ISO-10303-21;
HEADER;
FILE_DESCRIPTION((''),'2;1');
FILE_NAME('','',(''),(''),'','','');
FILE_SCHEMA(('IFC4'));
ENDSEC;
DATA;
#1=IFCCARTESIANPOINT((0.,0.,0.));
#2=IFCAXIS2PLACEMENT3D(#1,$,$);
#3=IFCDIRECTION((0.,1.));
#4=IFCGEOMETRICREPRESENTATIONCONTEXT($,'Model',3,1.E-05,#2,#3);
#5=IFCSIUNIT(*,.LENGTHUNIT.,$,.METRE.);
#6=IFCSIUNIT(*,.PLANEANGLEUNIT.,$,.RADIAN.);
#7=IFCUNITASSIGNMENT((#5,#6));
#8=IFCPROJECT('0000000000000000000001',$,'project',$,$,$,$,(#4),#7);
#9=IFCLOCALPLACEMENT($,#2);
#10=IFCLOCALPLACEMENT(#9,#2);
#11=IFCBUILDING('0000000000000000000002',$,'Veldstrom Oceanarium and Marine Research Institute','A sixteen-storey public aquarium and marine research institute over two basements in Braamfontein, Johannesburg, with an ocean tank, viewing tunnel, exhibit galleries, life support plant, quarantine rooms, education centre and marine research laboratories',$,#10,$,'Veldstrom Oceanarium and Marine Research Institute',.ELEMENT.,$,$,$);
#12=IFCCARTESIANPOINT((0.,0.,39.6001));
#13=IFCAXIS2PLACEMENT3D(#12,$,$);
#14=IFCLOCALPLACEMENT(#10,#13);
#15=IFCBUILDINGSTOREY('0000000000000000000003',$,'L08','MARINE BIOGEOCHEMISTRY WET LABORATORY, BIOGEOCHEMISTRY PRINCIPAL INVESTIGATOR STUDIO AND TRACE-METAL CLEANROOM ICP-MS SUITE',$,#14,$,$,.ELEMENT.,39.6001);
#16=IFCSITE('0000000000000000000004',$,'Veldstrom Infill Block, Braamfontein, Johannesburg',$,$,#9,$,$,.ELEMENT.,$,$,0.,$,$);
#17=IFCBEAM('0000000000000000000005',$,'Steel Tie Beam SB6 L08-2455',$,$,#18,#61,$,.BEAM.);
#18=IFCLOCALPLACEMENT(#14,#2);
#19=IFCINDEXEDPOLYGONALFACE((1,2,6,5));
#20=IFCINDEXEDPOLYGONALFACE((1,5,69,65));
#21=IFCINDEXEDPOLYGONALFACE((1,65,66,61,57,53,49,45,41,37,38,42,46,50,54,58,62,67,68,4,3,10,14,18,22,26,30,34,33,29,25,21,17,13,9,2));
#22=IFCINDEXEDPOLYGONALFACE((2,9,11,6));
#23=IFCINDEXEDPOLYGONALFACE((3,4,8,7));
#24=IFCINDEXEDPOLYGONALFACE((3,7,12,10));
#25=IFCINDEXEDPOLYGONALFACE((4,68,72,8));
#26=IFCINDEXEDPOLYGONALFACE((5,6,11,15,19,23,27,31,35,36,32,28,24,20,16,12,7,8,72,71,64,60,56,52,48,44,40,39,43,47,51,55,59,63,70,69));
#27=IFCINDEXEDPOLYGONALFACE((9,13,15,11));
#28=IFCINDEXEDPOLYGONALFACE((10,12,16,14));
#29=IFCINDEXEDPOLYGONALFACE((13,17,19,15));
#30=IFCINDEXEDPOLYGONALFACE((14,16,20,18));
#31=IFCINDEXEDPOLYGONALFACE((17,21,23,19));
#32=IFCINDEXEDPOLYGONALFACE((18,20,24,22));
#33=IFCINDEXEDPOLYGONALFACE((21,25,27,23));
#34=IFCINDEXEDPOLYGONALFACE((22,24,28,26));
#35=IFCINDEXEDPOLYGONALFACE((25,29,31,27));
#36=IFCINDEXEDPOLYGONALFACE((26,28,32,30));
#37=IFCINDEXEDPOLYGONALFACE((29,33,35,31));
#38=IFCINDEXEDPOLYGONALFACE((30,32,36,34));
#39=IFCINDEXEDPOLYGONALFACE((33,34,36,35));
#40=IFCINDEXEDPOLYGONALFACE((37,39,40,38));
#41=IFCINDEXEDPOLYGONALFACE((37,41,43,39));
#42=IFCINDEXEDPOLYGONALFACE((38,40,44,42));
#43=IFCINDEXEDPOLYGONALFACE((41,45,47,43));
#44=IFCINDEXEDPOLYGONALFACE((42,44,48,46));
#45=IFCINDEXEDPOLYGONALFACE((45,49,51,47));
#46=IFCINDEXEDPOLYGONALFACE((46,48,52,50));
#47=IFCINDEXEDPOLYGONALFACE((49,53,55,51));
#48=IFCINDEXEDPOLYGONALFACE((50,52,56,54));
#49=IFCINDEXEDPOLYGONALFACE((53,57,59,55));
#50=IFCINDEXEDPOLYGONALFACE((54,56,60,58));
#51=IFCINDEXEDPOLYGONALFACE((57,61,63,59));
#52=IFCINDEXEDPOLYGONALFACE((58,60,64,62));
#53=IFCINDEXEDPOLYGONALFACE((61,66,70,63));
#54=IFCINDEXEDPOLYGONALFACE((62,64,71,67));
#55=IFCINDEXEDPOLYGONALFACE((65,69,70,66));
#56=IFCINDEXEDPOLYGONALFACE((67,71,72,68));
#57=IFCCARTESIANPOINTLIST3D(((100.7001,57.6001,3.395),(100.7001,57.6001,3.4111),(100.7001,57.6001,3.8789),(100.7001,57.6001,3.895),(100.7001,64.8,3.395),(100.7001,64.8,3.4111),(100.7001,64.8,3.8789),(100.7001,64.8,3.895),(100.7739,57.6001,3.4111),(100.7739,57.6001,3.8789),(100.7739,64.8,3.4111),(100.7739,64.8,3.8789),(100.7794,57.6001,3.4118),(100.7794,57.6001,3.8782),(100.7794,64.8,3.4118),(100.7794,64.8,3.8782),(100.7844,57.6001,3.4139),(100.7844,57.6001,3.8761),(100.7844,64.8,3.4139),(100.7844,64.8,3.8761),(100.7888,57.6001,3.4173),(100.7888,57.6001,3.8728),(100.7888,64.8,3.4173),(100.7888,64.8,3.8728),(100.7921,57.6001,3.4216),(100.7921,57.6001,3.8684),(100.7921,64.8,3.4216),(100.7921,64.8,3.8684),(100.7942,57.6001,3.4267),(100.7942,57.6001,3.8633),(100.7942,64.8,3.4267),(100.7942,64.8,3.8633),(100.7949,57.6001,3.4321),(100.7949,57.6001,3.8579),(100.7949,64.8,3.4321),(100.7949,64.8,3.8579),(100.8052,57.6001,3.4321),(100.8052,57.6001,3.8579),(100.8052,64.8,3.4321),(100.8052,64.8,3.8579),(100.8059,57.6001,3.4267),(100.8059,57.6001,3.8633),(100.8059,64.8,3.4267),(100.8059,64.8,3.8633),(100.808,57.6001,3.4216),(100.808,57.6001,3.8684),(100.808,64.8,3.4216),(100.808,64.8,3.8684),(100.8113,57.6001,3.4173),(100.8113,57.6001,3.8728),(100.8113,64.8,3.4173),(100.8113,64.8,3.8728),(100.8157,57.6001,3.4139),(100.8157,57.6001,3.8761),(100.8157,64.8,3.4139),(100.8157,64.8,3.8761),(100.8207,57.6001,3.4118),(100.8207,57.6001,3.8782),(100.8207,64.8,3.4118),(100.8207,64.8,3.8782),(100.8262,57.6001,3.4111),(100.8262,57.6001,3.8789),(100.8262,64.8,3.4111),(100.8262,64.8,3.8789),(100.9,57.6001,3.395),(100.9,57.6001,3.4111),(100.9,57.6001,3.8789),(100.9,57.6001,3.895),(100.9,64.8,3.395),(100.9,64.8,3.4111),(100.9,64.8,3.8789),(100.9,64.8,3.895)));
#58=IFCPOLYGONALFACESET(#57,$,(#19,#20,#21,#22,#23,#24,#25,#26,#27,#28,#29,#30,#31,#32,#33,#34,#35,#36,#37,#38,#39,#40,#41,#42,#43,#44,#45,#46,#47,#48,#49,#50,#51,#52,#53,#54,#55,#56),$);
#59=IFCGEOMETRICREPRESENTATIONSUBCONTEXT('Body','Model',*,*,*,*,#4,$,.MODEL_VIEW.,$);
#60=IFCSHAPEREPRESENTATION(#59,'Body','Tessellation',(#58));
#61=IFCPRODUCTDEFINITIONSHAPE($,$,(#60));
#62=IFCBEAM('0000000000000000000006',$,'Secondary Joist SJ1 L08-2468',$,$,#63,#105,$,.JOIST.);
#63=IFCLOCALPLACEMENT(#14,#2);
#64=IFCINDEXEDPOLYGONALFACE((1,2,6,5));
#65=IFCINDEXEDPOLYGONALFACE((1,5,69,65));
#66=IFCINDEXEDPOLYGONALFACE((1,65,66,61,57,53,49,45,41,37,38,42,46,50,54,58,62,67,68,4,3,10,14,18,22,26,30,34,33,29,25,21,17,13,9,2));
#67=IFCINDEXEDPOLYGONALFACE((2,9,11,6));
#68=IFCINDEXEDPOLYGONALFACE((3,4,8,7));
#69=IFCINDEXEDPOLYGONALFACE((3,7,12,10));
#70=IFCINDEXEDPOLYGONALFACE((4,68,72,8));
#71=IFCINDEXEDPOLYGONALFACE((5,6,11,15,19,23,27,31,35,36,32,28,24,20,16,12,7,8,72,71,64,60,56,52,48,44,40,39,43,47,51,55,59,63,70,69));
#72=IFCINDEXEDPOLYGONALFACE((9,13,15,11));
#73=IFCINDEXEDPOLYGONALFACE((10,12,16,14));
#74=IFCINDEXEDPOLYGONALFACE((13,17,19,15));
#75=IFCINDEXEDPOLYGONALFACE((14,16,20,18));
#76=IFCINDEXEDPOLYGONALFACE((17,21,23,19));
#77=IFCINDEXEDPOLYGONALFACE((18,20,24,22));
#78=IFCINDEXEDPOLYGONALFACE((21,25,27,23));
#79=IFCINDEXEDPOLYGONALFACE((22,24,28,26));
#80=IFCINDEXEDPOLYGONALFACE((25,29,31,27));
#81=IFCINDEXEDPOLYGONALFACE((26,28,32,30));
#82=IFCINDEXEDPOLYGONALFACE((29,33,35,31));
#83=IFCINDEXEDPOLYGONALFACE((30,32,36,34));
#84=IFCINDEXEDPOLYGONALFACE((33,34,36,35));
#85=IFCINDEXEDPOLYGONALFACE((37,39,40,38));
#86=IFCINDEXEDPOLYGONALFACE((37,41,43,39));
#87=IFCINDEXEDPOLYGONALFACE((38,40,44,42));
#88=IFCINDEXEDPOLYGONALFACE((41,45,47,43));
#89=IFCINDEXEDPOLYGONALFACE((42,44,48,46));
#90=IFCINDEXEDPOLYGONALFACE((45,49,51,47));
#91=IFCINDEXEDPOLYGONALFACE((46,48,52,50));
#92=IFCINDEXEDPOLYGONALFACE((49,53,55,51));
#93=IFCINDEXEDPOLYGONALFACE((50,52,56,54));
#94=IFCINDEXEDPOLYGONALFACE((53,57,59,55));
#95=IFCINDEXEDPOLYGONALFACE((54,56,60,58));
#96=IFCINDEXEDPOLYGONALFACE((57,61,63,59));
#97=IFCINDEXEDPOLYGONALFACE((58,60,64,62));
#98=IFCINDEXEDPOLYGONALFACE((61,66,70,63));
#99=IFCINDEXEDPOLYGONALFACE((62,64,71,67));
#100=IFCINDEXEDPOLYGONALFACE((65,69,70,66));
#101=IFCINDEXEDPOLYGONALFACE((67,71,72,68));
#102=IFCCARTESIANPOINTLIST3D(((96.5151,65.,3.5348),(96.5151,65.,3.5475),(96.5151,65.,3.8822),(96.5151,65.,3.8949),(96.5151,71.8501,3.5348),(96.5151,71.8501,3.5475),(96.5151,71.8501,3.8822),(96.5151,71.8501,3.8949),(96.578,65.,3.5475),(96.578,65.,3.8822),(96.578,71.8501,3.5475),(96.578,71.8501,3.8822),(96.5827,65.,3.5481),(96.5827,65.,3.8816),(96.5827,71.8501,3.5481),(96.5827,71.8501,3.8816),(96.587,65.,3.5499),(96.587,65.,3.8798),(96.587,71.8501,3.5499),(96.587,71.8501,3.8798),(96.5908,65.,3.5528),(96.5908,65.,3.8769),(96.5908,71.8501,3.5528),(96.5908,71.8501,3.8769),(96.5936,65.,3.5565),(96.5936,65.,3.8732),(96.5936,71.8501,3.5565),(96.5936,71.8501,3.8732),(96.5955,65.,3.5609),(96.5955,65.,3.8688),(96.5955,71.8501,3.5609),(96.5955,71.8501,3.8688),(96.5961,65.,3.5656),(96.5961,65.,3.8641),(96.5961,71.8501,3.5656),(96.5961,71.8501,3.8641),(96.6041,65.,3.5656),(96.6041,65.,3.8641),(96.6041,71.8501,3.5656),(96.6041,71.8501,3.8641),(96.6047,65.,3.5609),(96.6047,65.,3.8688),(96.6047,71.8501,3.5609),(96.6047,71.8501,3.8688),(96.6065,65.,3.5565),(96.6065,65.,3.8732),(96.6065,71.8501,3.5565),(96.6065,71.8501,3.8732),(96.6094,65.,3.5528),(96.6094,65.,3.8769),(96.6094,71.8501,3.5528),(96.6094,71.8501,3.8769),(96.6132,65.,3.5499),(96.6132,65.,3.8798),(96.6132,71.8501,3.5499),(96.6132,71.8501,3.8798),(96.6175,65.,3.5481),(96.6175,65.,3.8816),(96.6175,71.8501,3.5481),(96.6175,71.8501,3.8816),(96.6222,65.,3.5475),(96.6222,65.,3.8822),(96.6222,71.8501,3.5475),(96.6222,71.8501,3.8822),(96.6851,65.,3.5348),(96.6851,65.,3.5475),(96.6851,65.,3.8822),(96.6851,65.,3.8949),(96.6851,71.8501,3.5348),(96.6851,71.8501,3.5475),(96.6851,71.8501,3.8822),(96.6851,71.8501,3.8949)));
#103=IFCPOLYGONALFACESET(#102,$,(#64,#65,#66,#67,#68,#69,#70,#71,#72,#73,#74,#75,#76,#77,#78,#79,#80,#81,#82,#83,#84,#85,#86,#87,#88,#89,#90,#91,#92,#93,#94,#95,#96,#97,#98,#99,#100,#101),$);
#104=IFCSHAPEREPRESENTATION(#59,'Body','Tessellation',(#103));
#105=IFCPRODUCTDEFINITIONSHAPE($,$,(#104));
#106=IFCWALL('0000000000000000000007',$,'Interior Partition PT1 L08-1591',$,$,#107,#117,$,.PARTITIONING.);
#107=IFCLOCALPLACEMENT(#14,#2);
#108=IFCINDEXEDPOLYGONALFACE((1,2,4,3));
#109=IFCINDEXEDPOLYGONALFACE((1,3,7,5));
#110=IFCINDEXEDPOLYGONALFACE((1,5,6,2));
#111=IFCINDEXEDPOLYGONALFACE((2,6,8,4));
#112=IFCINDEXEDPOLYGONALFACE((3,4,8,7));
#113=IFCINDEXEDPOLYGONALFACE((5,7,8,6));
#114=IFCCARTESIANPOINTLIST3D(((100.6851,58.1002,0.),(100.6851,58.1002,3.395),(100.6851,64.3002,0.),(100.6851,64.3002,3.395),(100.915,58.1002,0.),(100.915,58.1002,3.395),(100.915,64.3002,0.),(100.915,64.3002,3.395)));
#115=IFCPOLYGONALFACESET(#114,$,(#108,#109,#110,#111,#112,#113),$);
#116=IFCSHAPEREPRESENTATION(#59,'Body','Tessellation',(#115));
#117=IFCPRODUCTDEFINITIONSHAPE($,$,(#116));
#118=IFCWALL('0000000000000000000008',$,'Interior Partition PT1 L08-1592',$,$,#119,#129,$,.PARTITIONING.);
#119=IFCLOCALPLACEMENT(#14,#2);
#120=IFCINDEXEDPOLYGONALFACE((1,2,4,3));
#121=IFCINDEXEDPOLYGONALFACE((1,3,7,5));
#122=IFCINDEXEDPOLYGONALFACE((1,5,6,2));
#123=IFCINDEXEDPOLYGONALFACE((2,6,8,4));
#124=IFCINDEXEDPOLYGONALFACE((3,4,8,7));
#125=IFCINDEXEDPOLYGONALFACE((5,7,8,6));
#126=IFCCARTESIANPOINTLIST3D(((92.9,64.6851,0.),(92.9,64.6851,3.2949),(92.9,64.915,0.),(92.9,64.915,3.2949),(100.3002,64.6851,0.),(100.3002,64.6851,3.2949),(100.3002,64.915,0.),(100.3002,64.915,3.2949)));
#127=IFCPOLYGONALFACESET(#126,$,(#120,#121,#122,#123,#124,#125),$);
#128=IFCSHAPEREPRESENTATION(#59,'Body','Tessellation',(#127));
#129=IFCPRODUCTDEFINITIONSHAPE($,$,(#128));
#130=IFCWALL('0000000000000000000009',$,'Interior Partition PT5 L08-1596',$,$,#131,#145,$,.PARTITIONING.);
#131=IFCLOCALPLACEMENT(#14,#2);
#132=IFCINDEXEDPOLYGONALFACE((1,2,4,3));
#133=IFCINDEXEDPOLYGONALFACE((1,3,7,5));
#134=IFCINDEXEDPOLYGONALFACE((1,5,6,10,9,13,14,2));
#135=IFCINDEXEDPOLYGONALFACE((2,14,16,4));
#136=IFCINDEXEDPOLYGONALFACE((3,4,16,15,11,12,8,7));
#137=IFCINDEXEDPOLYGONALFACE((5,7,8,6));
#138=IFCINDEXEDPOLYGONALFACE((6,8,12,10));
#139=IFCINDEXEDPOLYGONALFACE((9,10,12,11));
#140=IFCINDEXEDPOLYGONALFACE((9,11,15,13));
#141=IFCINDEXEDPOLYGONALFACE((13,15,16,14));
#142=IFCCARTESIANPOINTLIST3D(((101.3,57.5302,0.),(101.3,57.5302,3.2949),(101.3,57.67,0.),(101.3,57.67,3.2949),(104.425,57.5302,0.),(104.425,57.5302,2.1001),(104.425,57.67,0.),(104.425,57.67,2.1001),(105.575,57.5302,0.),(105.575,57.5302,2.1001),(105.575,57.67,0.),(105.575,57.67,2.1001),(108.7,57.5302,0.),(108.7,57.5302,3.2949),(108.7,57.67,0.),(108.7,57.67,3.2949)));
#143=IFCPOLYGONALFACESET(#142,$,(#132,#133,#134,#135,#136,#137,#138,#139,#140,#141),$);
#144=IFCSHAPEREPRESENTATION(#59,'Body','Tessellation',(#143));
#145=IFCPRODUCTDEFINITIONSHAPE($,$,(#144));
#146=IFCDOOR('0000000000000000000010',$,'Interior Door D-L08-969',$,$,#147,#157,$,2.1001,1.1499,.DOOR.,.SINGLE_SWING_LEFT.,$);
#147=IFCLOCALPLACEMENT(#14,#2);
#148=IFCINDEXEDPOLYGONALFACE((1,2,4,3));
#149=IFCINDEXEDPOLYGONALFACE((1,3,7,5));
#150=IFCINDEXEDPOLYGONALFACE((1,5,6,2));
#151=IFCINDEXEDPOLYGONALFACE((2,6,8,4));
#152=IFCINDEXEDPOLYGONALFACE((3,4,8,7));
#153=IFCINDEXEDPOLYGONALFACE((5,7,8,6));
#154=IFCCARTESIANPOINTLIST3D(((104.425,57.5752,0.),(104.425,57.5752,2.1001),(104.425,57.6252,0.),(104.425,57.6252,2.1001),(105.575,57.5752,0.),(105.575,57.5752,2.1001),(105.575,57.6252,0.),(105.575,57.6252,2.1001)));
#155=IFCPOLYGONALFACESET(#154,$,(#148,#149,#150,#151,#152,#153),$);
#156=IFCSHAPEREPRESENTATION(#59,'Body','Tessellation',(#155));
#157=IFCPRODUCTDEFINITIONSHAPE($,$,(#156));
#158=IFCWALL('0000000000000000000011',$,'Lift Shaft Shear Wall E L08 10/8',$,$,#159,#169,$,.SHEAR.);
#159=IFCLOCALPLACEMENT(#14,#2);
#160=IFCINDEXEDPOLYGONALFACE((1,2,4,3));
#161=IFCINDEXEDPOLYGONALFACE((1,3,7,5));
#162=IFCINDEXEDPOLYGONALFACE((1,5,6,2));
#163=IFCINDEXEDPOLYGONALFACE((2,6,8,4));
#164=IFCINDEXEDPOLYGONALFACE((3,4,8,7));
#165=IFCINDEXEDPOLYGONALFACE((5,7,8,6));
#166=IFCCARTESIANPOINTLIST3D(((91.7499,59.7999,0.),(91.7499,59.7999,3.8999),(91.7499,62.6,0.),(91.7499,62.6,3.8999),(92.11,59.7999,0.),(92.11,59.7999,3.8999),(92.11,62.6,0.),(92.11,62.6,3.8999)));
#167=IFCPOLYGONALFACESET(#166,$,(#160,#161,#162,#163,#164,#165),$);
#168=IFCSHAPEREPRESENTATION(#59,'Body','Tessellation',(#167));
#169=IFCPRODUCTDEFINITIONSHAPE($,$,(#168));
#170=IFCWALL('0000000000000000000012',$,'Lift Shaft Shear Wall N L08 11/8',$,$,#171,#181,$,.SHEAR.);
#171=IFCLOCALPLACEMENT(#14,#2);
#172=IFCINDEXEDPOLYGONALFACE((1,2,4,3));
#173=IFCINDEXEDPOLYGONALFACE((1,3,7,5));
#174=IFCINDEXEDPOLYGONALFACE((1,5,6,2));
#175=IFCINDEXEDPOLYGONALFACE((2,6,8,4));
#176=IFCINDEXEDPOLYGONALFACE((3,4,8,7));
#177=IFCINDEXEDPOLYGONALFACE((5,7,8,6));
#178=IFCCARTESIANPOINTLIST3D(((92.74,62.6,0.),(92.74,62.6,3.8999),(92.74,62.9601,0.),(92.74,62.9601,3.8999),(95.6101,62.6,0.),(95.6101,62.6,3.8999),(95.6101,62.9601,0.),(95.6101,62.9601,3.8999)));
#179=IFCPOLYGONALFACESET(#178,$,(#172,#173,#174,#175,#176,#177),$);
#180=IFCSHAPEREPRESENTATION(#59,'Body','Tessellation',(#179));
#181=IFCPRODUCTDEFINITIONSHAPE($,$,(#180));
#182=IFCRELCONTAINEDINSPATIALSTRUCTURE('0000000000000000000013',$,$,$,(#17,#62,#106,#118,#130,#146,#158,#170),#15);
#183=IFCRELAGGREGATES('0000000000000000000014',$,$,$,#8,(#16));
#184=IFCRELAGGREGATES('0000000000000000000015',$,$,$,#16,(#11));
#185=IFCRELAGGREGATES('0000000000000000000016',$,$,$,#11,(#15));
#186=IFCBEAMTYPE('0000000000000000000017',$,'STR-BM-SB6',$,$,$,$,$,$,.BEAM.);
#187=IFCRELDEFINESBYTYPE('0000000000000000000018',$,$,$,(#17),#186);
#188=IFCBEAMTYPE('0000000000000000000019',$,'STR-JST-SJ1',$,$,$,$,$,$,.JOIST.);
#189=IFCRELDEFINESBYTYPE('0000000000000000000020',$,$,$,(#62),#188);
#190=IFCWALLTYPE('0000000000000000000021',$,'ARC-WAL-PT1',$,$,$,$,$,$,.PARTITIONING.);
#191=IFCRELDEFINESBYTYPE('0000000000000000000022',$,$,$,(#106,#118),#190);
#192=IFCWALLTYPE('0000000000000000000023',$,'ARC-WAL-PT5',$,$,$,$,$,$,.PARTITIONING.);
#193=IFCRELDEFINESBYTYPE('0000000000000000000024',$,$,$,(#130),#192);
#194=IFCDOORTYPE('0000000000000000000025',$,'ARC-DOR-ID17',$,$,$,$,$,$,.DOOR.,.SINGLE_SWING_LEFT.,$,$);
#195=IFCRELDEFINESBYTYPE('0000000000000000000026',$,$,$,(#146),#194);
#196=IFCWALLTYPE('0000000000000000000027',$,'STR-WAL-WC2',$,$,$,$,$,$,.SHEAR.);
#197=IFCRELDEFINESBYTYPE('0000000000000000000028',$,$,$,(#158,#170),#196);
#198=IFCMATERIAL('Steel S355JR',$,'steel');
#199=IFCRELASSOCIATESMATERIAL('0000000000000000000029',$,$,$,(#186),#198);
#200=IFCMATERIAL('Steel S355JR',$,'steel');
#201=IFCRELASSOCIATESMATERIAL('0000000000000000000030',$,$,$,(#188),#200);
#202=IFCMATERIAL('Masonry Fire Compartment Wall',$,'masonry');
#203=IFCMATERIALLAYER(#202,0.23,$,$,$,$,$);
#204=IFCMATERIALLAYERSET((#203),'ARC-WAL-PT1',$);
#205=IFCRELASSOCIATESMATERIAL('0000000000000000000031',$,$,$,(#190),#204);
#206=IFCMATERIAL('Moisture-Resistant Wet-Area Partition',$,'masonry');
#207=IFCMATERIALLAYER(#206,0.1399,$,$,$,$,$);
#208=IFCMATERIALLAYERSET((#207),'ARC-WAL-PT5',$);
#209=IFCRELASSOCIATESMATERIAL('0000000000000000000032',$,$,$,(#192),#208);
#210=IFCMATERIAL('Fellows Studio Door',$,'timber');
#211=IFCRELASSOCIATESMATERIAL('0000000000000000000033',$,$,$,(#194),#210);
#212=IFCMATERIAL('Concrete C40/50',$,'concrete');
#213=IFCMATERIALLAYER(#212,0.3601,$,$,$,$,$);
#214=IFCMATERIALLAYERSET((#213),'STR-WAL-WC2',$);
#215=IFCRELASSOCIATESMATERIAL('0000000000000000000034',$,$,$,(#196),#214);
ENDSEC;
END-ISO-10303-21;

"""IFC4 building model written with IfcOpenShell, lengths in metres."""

from ifc_helpers import new_model, si_unit, direction, frame, frame_2d, origin, origin_2d, place, context, subcontext, project, spatial, rectangle, i_section, extrude, material, layer, layer_set, material_profile, profile_set, type_object, element, fill, save


model = new_model("IFC4")

# Units and contexts
model_context = context("Model", 3, precision=1e-05, world=origin(), true_north=direction((0.0, 1.0)))
body_context = subcontext(model_context, "Body", "Model", "MODEL_VIEW")
ifc_project = project(units=[si_unit("LENGTHUNIT", "METRE"), si_unit("PLANEANGLEUNIT", "RADIAN")], contexts=[model_context])

# Site, building, storey
site_placement = place(None, origin())
site = spatial("IfcSite", under=ifc_project, at=site_placement, Name="Veldstrom Infill Block, Braamfontein, Johannesburg", CompositionType="ELEMENT", RefElevation=0.0)
building_placement = place(site_placement, origin())
building = spatial("IfcBuilding", under=site, at=building_placement, Name="Veldstrom Oceanarium and Marine Research Institute", Description="A sixteen-storey public aquarium and marine research institute over two basements in Braamfontein, Johannesburg, with an ocean tank, viewing tunnel, exhibit galleries, life support plant, quarantine rooms, education centre and marine research laboratories", LongName="Veldstrom Oceanarium and Marine Research Institute", CompositionType="ELEMENT")
storey_placement = place(building_placement, frame((0.0, 0.0, 39.6001)))
storey = spatial("IfcBuildingStorey", under=building, at=storey_placement, Name="L08", Description="MARINE BIOGEOCHEMISTRY WET LABORATORY, BIOGEOCHEMISTRY PRINCIPAL INVESTIGATOR STUDIO AND TRACE-METAL CLEANROOM ICP-MS SUITE", CompositionType="ELEMENT", Elevation=39.6001)

# Beams
ifc_material_1 = material(Name="Steel S355JR", Category="steel")
ifc_material_profile_1 = material_profile(ifc_material_1, i_section(OverallWidth=0.2, OverallDepth=0.5, WebThickness=0.0103, FlangeThickness=0.0161, FilletRadius=0.021, at=origin_2d()), Name="IPE 500")
ifc_profile_set_1 = profile_set([ifc_material_profile_1], Name="Steel S355JR")
beam_type_1 = type_object("IfcBeamType", Name="STR-BM-SB6", PredefinedType="BEAM", material=ifc_profile_set_1)
for number, where, z_axis, x_axis, name in (
    (1, (100.8, 57.6001, 3.645), (0.0, 1.0, 0.0), (-1.0, 0.0, 0.0), "Steel Tie Beam SB6 L08-2455"),
):
    element("IfcBeam", number, at=place(storey_placement, frame(where, z_axis=z_axis, x_axis=x_axis)), inside=storey, type_object=beam_type_1, Name=name, PredefinedType="BEAM", context=body_context, shape_type="SweptSolid", body=[
        extrude(i_section(OverallWidth=0.2, OverallDepth=0.5, WebThickness=0.0103, FlangeThickness=0.0161, FilletRadius=0.021, at=origin_2d()), origin(), (0.0, 0.0, 1.0), 7.2),
    ])
ifc_material_2 = material(Name="Steel S355JR", Category="steel")
ifc_material_profile_2 = material_profile(ifc_material_2, i_section(OverallWidth=0.1699, OverallDepth=0.3601, WebThickness=0.0081, FlangeThickness=0.0127, FilletRadius=0.0181, at=origin_2d()), Name="IPE 360")
ifc_profile_set_2 = profile_set([ifc_material_profile_2], Name="Steel S355JR")
beam_type_2 = type_object("IfcBeamType", Name="STR-JST-SJ1", PredefinedType="JOIST", material=ifc_profile_set_2)
beam_1_placement = place(storey_placement, frame((96.6001, 65.0, 3.7148), z_axis=(0.0, 1.0, 0.0), x_axis=(-1.0, 0.0, 0.0)))
element("IfcBeam", 2, at=beam_1_placement, inside=storey, type_object=beam_type_2, Name="Secondary Joist SJ1 L08-2468", PredefinedType="JOIST", context=body_context, shape_type="SweptSolid", body=[
    extrude(i_section(OverallWidth=0.1699, OverallDepth=0.3601, WebThickness=0.0081, FlangeThickness=0.0127, FilletRadius=0.0181, at=origin_2d()), origin(), (0.0, 0.0, 1.0), 6.8501),
])

# Shared definitions
ifc_material_3 = material(Name="Masonry Fire Compartment Wall", Category="masonry")
ifc_layer_1 = layer(ifc_material_3, 0.23)
ifc_layer_set_1 = layer_set([ifc_layer_1], Name="ARC-WAL-PT1")
wall_type_1 = type_object("IfcWallType", Name="ARC-WAL-PT1", PredefinedType="PARTITIONING", material=ifc_layer_set_1)

# Walls
wall_1_placement = place(storey_placement, frame((100.8, 58.1001, 0.0), z_axis=(0.0, 0.0, 1.0), x_axis=(0.0, 1.0, 0.0)))
element("IfcWall", 3, at=wall_1_placement, inside=storey, type_object=wall_type_1, Name="Interior Partition PT1 L08-1591", PredefinedType="PARTITIONING", context=body_context, shape_type="SweptSolid", body=[
    extrude(rectangle(XDim=6.2, YDim=0.23, at=frame_2d((3.1001, 0.0))), origin(), (0.0, 0.0, 1.0), 3.395),
])
wall_2_placement = place(storey_placement, frame((92.8999, 64.8, 0.0), z_axis=(0.0, 0.0, 1.0), x_axis=(1.0, 0.0, 0.0)))
element("IfcWall", 4, at=wall_2_placement, inside=storey, type_object=wall_type_1, Name="Interior Partition PT1 L08-1592", PredefinedType="PARTITIONING", context=body_context, shape_type="SweptSolid", body=[
    extrude(rectangle(XDim=7.4001, YDim=0.23, at=frame_2d((3.7002, 0.0))), origin(), (0.0, 0.0, 1.0), 3.2949),
])

# Wall, opening, door
ifc_material_4 = material(Name="Moisture-Resistant Wet-Area Partition", Category="masonry")
ifc_layer_2 = layer(ifc_material_4, 0.1399)
ifc_layer_set_2 = layer_set([ifc_layer_2], Name="ARC-WAL-PT5")
wall_type_2 = type_object("IfcWallType", Name="ARC-WAL-PT5", PredefinedType="PARTITIONING", material=ifc_layer_set_2)
wall_3_placement = place(storey_placement, frame((101.3, 57.6001, 0.0), z_axis=(0.0, 0.0, 1.0), x_axis=(1.0, 0.0, 0.0)))
wall_3 = element("IfcWall", 5, at=wall_3_placement, inside=storey, type_object=wall_type_2, Name="Interior Partition PT5 L08-1596", PredefinedType="PARTITIONING", context=body_context, shape_type="SweptSolid", body=[
    extrude(rectangle(XDim=7.3999, YDim=0.1399, at=frame_2d((3.7, 0.0))), origin(), (0.0, 0.0, 1.0), 3.2949),
])
opening_1_placement = place(wall_3_placement, frame((3.125, 0.0, 0.0)))
opening_1 = element("IfcOpeningElement", 6, at=opening_1_placement, cuts=wall_3, PredefinedType="OPENING", context=body_context, shape_type="SweptSolid", body=[
    extrude(rectangle(XDim=1.1499, YDim=2.1001, at=frame_2d((0.575, 1.05))), frame((0.0, 0.0798, 0.0), z_axis=(0.0, -1.0, 0.0), x_axis=(1.0, 0.0, 0.0)), (0.0, 0.0, 1.0), 0.1599),
])
ifc_material_5 = material(Name="Fellows Studio Door", Category="timber")
door_type_1 = type_object("IfcDoorType", Name="ARC-DOR-ID17", OperationType="SINGLE_SWING_LEFT", PredefinedType="DOOR", material=ifc_material_5)
door_1_placement = place(opening_1_placement, frame((1.1499, 0.0, 0.0), z_axis=(0.0, 0.0, 1.0), x_axis=(-1.0, 0.0, 0.0)))
door_1 = element("IfcDoor", 7, at=door_1_placement, inside=storey, type_object=door_type_1, Name="Interior Door D-L08-969", OperationType="SINGLE_SWING_LEFT", OverallHeight=2.1001, OverallWidth=1.1499, PredefinedType="DOOR", context=body_context, shape_type="SweptSolid", body=[
    extrude(rectangle(XDim=1.1499, YDim=2.1001, at=frame_2d((0.575, 1.05))), frame((0.0, 0.0249, 0.0), z_axis=(0.0, -1.0, 0.0), x_axis=(1.0, 0.0, 0.0)), (0.0, 0.0, 1.0), 0.05),
])
fill(opening_1, door_1)

# Walls
ifc_material_6 = material(Name="Concrete C40/50", Category="concrete")
ifc_layer_3 = layer(ifc_material_6, 0.3601)
ifc_layer_set_3 = layer_set([ifc_layer_3], Name="STR-WAL-WC2")
wall_type_3 = type_object("IfcWallType", Name="STR-WAL-WC2", PredefinedType="SHEAR", material=ifc_layer_set_3)
wall_4_placement = place(storey_placement, frame((91.9299, 59.8, 0.0), z_axis=(0.0, 0.0, 1.0), x_axis=(0.0, 1.0, 0.0)))
element("IfcWall", 8, at=wall_4_placement, inside=storey, type_object=wall_type_3, Name="Lift Shaft Shear Wall E L08 10/8", PredefinedType="SHEAR", context=body_context, shape_type="SweptSolid", body=[
    extrude(rectangle(XDim=2.8, YDim=0.3601, at=frame_2d((1.3999, 0.0))), origin(), (0.0, 0.0, 1.0), 3.8999),
])
wall_5_placement = place(storey_placement, frame((92.74, 62.78, 0.0), z_axis=(0.0, 0.0, 1.0), x_axis=(1.0, 0.0, 0.0)))
element("IfcWall", 9, at=wall_5_placement, inside=storey, type_object=wall_type_3, Name="Lift Shaft Shear Wall N L08 11/8", PredefinedType="SHEAR", context=body_context, shape_type="SweptSolid", body=[
    extrude(rectangle(XDim=2.8701, YDim=0.3601, at=frame_2d((1.4351, 0.0))), origin(), (0.0, 0.0, 1.0), 3.8999),
])

save(model, "model.ifc")
